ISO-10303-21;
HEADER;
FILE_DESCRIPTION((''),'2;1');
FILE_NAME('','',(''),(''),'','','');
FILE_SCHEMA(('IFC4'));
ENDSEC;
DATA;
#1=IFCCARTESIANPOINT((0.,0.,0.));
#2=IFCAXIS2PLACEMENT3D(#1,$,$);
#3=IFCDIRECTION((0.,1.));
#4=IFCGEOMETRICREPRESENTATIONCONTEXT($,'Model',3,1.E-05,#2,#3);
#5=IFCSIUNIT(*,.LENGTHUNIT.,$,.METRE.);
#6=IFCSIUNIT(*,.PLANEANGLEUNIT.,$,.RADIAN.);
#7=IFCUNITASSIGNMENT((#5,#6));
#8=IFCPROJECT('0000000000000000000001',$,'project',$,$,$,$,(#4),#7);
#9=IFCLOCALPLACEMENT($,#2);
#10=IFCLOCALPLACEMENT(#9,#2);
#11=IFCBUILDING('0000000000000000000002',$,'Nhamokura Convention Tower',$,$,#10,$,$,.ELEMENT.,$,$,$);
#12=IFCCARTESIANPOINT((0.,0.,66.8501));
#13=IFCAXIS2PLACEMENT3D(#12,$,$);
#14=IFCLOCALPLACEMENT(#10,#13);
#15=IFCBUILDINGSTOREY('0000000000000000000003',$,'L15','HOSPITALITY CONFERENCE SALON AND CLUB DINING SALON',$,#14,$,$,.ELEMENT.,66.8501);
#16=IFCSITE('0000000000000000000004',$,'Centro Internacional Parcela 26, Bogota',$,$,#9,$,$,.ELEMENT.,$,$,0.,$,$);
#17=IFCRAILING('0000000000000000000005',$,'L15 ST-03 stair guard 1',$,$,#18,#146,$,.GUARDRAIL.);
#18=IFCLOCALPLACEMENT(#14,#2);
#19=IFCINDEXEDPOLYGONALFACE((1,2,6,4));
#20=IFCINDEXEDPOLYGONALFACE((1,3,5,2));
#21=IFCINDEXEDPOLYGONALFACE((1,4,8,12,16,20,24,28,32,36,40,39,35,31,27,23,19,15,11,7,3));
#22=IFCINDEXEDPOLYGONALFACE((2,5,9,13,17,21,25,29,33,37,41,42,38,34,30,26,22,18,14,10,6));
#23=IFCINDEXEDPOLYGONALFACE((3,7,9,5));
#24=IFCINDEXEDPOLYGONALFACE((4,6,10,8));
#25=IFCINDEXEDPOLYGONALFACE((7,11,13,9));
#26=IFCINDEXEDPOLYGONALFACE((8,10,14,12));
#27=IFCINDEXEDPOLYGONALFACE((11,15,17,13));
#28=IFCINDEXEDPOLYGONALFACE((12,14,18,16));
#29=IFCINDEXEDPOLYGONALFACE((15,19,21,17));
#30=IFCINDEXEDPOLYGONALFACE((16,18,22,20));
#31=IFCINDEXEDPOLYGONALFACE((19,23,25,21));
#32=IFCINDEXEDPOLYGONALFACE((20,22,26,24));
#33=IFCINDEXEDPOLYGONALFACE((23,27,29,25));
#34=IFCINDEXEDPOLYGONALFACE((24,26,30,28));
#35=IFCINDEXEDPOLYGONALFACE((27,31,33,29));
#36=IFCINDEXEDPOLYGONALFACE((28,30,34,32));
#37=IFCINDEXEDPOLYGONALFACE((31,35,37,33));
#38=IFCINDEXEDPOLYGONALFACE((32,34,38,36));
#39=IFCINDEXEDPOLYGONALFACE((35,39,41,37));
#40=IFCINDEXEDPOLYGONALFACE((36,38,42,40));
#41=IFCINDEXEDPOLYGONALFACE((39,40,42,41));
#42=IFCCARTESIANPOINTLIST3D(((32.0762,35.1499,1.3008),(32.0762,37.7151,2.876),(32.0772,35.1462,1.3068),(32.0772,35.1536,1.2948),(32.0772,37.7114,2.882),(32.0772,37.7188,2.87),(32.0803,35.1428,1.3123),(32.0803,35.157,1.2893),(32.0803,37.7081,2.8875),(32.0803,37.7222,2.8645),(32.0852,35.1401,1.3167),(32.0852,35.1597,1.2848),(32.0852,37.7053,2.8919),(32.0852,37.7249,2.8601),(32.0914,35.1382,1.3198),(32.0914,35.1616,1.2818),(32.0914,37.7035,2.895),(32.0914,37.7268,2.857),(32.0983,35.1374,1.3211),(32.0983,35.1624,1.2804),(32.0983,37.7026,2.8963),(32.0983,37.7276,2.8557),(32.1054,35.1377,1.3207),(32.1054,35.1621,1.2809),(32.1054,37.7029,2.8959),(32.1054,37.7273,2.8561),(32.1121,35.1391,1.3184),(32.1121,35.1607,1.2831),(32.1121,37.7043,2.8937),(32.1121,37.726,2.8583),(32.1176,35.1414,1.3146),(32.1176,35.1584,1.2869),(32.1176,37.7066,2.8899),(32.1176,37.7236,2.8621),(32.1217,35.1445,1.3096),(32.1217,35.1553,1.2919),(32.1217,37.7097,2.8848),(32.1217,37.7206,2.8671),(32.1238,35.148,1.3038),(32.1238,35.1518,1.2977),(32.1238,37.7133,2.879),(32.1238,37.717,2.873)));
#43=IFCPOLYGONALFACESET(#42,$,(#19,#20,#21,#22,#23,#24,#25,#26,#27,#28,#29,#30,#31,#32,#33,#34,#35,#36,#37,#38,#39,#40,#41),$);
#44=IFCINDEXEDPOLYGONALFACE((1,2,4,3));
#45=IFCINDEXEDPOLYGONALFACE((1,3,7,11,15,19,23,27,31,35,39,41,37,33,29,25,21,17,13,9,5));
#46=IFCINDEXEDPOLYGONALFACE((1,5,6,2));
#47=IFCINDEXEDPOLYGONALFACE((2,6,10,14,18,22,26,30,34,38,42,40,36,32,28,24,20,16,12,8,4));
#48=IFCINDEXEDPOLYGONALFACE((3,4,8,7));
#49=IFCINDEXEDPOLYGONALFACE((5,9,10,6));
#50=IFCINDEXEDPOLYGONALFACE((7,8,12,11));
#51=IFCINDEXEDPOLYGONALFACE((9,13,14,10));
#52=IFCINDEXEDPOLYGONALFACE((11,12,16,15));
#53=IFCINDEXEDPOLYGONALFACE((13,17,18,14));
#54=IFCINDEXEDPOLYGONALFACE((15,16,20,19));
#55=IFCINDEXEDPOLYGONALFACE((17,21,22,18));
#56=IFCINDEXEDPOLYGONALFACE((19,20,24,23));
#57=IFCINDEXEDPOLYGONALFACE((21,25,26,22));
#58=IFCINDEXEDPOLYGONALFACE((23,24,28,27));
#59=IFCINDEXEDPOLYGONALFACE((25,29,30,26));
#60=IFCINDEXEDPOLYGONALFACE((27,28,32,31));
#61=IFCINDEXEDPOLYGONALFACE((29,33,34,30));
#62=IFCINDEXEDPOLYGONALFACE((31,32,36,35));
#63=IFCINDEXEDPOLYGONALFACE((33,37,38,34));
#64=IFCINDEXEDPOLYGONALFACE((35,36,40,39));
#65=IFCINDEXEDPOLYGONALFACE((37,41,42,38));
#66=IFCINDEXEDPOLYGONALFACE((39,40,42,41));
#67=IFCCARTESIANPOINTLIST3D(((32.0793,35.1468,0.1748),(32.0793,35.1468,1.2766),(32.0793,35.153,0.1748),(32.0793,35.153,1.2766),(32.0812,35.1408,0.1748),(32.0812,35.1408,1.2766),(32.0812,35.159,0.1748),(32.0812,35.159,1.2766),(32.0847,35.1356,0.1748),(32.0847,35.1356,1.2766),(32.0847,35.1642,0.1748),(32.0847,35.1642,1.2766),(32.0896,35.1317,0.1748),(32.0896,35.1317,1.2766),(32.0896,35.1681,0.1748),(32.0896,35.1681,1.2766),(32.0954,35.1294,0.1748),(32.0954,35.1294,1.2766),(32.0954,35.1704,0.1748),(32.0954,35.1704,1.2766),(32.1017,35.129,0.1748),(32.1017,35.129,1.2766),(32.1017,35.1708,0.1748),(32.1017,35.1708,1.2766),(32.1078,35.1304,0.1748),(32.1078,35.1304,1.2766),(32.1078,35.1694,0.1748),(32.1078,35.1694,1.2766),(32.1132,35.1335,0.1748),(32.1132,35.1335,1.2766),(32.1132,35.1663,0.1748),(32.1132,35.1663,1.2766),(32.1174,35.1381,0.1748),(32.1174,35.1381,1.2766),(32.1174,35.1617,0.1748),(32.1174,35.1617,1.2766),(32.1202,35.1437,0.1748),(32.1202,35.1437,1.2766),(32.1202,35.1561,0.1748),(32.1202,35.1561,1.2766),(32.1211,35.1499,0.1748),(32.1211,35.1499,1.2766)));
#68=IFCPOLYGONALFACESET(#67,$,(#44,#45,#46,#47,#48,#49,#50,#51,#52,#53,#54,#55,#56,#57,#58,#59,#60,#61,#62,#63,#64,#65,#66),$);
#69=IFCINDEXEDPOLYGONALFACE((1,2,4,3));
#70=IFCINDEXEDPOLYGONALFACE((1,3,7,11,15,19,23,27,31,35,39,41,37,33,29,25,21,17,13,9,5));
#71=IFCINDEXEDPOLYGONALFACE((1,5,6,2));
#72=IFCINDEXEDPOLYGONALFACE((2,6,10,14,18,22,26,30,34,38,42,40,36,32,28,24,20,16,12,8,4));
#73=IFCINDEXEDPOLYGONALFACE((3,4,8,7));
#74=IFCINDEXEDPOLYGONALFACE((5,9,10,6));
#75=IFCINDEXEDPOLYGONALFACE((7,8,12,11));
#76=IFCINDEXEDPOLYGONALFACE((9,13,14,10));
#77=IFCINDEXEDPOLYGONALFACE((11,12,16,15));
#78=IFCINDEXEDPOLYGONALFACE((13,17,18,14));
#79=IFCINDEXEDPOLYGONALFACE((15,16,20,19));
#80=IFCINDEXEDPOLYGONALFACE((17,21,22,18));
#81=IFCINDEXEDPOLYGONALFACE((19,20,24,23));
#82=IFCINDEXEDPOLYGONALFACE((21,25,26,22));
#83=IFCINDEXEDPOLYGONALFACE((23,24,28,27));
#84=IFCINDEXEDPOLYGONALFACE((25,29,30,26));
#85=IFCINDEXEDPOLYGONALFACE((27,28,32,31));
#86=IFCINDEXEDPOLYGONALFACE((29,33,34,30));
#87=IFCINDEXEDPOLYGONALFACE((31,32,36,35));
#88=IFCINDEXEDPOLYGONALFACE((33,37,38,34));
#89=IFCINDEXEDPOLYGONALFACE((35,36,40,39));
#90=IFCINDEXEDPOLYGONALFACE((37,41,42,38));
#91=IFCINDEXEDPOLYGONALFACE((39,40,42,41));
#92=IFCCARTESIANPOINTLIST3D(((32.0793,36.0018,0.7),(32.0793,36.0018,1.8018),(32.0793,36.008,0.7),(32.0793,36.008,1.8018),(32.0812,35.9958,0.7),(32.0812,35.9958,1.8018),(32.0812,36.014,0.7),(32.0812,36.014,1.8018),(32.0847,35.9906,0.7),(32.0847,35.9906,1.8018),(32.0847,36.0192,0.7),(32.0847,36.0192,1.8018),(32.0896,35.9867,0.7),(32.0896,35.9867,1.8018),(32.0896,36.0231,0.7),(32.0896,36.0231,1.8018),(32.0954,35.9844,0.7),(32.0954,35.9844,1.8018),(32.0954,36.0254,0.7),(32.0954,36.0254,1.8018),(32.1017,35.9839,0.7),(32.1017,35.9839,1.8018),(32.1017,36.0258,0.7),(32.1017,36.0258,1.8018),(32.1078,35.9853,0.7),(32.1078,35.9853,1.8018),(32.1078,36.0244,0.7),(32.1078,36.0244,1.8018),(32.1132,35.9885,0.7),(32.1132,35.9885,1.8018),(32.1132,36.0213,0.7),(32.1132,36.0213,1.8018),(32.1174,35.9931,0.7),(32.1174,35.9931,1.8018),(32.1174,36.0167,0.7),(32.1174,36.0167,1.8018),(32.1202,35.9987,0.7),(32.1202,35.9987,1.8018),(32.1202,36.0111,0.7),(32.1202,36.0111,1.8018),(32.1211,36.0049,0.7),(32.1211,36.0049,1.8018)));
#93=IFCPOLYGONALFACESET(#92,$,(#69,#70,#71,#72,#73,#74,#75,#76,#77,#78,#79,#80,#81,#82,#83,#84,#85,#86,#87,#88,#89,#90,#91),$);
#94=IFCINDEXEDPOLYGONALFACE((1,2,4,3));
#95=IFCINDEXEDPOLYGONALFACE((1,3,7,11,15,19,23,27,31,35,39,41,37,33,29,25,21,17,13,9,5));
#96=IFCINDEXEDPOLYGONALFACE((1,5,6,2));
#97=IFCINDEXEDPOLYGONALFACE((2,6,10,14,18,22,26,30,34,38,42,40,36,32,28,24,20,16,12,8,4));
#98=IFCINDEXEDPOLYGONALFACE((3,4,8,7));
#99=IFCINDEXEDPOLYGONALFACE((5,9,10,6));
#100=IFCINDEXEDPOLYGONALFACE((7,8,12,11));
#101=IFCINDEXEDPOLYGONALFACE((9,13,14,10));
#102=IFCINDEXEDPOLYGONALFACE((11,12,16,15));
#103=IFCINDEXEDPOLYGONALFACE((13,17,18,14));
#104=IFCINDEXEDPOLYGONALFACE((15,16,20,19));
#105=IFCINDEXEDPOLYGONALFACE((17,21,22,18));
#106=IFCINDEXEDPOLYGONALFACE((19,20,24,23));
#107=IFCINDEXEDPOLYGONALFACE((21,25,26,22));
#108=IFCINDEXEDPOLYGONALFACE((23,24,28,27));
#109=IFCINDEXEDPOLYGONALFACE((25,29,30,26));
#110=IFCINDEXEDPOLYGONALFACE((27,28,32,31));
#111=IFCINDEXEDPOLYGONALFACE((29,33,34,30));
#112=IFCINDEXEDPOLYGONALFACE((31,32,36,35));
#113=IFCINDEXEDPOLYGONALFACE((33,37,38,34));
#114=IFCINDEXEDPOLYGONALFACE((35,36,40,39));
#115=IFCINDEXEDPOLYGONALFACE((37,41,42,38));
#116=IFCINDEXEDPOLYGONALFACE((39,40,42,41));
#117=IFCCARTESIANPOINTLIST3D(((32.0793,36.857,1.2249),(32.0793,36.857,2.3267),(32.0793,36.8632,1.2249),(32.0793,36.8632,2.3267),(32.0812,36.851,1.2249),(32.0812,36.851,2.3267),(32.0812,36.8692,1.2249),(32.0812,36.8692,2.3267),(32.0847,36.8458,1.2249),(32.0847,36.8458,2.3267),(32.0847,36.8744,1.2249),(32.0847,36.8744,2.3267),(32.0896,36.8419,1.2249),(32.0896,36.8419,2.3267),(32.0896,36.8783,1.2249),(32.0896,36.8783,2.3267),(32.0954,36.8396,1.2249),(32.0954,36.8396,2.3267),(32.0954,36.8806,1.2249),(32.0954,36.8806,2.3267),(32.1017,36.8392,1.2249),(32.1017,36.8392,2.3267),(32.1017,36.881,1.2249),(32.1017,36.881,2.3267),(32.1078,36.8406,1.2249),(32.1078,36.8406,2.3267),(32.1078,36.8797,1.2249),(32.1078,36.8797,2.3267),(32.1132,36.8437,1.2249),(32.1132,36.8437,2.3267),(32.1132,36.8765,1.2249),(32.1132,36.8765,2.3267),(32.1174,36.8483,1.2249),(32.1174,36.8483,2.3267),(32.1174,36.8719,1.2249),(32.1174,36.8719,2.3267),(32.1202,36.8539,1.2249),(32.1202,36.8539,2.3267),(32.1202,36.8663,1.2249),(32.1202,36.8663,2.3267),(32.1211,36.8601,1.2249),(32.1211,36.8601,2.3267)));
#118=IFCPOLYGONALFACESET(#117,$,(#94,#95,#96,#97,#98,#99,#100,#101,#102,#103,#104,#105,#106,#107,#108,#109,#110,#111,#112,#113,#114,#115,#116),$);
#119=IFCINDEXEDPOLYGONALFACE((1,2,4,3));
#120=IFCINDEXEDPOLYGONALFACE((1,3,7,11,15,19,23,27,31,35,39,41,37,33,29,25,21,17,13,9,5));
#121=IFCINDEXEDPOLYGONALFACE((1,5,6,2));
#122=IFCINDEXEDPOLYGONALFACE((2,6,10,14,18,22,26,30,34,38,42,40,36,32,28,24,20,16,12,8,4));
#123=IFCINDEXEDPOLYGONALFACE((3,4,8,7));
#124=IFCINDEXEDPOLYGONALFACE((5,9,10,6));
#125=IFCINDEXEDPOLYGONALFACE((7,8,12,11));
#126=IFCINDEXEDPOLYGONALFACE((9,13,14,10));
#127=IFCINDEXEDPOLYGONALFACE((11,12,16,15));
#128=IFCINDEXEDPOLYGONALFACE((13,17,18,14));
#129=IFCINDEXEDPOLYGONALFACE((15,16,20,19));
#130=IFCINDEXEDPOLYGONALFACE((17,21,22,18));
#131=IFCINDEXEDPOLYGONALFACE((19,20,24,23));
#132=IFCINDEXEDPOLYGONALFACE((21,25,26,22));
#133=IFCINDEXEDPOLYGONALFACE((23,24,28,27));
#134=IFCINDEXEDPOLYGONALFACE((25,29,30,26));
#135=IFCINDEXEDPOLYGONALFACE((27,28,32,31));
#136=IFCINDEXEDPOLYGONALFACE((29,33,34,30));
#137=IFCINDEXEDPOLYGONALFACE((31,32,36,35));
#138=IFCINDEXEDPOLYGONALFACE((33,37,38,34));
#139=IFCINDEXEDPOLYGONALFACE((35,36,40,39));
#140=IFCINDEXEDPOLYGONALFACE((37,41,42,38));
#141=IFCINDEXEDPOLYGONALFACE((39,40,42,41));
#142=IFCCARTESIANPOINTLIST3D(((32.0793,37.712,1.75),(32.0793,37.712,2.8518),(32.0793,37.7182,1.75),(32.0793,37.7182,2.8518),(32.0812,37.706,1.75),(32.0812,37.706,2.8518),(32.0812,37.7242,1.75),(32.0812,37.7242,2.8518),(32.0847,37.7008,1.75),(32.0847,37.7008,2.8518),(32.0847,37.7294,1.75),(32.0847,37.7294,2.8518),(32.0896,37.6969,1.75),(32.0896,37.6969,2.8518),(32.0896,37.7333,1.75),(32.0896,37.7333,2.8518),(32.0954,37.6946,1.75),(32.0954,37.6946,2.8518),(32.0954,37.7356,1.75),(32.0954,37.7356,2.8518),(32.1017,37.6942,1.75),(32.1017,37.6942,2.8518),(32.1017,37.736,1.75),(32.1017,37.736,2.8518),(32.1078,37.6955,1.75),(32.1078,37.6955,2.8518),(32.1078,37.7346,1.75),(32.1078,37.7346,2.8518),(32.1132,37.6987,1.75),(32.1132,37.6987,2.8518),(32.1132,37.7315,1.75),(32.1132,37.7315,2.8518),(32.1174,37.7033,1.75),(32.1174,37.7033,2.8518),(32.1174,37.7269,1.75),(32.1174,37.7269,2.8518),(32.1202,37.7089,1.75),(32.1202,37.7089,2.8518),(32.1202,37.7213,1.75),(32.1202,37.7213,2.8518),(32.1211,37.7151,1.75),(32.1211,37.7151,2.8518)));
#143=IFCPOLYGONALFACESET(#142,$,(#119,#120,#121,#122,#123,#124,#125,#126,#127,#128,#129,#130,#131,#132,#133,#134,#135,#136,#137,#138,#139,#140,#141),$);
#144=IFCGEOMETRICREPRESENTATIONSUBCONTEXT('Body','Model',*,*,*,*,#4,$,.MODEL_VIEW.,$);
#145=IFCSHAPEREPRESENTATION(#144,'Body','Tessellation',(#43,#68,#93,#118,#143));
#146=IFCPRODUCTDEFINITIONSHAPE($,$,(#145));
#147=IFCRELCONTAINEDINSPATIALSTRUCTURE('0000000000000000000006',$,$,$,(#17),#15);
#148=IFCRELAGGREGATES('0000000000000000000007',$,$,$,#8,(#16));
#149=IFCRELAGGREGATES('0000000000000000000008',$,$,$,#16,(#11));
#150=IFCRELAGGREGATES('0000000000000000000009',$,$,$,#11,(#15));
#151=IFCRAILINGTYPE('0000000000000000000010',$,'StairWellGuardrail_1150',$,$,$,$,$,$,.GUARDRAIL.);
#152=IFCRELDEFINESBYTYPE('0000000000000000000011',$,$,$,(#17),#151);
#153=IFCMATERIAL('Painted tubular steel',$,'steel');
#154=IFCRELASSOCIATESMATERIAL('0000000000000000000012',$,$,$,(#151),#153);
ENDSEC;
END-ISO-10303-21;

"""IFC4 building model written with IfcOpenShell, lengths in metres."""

from ifc_helpers import new_model, si_unit, direction, frame, origin, origin_2d, place, context, subcontext, project, spatial, circle, extrude, material, type_object, element, save


model = new_model("IFC4")

# Units and contexts
model_context = context("Model", 3, precision=1e-05, world=origin(), true_north=direction((0.0, 1.0)))
body_context = subcontext(model_context, "Body", "Model", "MODEL_VIEW")
ifc_project = project(units=[si_unit("LENGTHUNIT", "METRE"), si_unit("PLANEANGLEUNIT", "RADIAN")], contexts=[model_context])

# Site, building, storey
site_placement = place(None, origin())
site = spatial("IfcSite", under=ifc_project, at=site_placement, Name="Centro Internacional Parcela 26, Bogota", CompositionType="ELEMENT", RefElevation=0.0)
building_placement = place(site_placement, origin())
building = spatial("IfcBuilding", under=site, at=building_placement, Name="Nhamokura Convention Tower", CompositionType="ELEMENT")
storey_placement = place(building_placement, frame((0.0, 0.0, 66.8501)))
storey = spatial("IfcBuildingStorey", under=building, at=storey_placement, Name="L15", Description="HOSPITALITY CONFERENCE SALON AND CLUB DINING SALON", CompositionType="ELEMENT", Elevation=66.8501)

# Railing
ifc_material_1 = material(Name="Painted tubular steel", Category="steel")
railing_type_1 = type_object("IfcRailingType", Name="StairWellGuardrail_1150", PredefinedType="GUARDRAIL", material=ifc_material_1)
railing_1_placement = place(storey_placement, frame((32.1001, 35.1499, 0.1748)))
element("IfcRailing", 1, at=railing_1_placement, inside=storey, type_object=railing_type_1, Name="L15 ST-03 stair guard 1", PredefinedType="GUARDRAIL", context=body_context, shape_type="SweptSolid", body=[
    extrude(circle(Radius=0.0239, at=origin_2d()), frame((0.0, 0.0, 1.126), z_axis=(0.0, 0.852159, 0.523283), x_axis=(-1.0, 0.0, 0.0)), (0.0, 0.0, 1.0), 3.0103),
    extrude(circle(Radius=0.021, at=origin_2d()), origin(), (0.0, 0.0, 1.0), 1.1018),
    extrude(circle(Radius=0.021, at=origin_2d()), frame((0.0, 0.855, 0.5251)), (0.0, 0.0, 1.0), 1.1018),
    extrude(circle(Radius=0.021, at=origin_2d()), frame((0.0, 1.7102, 1.05)), (0.0, 0.0, 1.0), 1.1018),
    extrude(circle(Radius=0.021, at=origin_2d()), frame((0.0, 2.5652, 1.5752)), (0.0, 0.0, 1.0), 1.1018),
])

save(model, "model.ifc")
